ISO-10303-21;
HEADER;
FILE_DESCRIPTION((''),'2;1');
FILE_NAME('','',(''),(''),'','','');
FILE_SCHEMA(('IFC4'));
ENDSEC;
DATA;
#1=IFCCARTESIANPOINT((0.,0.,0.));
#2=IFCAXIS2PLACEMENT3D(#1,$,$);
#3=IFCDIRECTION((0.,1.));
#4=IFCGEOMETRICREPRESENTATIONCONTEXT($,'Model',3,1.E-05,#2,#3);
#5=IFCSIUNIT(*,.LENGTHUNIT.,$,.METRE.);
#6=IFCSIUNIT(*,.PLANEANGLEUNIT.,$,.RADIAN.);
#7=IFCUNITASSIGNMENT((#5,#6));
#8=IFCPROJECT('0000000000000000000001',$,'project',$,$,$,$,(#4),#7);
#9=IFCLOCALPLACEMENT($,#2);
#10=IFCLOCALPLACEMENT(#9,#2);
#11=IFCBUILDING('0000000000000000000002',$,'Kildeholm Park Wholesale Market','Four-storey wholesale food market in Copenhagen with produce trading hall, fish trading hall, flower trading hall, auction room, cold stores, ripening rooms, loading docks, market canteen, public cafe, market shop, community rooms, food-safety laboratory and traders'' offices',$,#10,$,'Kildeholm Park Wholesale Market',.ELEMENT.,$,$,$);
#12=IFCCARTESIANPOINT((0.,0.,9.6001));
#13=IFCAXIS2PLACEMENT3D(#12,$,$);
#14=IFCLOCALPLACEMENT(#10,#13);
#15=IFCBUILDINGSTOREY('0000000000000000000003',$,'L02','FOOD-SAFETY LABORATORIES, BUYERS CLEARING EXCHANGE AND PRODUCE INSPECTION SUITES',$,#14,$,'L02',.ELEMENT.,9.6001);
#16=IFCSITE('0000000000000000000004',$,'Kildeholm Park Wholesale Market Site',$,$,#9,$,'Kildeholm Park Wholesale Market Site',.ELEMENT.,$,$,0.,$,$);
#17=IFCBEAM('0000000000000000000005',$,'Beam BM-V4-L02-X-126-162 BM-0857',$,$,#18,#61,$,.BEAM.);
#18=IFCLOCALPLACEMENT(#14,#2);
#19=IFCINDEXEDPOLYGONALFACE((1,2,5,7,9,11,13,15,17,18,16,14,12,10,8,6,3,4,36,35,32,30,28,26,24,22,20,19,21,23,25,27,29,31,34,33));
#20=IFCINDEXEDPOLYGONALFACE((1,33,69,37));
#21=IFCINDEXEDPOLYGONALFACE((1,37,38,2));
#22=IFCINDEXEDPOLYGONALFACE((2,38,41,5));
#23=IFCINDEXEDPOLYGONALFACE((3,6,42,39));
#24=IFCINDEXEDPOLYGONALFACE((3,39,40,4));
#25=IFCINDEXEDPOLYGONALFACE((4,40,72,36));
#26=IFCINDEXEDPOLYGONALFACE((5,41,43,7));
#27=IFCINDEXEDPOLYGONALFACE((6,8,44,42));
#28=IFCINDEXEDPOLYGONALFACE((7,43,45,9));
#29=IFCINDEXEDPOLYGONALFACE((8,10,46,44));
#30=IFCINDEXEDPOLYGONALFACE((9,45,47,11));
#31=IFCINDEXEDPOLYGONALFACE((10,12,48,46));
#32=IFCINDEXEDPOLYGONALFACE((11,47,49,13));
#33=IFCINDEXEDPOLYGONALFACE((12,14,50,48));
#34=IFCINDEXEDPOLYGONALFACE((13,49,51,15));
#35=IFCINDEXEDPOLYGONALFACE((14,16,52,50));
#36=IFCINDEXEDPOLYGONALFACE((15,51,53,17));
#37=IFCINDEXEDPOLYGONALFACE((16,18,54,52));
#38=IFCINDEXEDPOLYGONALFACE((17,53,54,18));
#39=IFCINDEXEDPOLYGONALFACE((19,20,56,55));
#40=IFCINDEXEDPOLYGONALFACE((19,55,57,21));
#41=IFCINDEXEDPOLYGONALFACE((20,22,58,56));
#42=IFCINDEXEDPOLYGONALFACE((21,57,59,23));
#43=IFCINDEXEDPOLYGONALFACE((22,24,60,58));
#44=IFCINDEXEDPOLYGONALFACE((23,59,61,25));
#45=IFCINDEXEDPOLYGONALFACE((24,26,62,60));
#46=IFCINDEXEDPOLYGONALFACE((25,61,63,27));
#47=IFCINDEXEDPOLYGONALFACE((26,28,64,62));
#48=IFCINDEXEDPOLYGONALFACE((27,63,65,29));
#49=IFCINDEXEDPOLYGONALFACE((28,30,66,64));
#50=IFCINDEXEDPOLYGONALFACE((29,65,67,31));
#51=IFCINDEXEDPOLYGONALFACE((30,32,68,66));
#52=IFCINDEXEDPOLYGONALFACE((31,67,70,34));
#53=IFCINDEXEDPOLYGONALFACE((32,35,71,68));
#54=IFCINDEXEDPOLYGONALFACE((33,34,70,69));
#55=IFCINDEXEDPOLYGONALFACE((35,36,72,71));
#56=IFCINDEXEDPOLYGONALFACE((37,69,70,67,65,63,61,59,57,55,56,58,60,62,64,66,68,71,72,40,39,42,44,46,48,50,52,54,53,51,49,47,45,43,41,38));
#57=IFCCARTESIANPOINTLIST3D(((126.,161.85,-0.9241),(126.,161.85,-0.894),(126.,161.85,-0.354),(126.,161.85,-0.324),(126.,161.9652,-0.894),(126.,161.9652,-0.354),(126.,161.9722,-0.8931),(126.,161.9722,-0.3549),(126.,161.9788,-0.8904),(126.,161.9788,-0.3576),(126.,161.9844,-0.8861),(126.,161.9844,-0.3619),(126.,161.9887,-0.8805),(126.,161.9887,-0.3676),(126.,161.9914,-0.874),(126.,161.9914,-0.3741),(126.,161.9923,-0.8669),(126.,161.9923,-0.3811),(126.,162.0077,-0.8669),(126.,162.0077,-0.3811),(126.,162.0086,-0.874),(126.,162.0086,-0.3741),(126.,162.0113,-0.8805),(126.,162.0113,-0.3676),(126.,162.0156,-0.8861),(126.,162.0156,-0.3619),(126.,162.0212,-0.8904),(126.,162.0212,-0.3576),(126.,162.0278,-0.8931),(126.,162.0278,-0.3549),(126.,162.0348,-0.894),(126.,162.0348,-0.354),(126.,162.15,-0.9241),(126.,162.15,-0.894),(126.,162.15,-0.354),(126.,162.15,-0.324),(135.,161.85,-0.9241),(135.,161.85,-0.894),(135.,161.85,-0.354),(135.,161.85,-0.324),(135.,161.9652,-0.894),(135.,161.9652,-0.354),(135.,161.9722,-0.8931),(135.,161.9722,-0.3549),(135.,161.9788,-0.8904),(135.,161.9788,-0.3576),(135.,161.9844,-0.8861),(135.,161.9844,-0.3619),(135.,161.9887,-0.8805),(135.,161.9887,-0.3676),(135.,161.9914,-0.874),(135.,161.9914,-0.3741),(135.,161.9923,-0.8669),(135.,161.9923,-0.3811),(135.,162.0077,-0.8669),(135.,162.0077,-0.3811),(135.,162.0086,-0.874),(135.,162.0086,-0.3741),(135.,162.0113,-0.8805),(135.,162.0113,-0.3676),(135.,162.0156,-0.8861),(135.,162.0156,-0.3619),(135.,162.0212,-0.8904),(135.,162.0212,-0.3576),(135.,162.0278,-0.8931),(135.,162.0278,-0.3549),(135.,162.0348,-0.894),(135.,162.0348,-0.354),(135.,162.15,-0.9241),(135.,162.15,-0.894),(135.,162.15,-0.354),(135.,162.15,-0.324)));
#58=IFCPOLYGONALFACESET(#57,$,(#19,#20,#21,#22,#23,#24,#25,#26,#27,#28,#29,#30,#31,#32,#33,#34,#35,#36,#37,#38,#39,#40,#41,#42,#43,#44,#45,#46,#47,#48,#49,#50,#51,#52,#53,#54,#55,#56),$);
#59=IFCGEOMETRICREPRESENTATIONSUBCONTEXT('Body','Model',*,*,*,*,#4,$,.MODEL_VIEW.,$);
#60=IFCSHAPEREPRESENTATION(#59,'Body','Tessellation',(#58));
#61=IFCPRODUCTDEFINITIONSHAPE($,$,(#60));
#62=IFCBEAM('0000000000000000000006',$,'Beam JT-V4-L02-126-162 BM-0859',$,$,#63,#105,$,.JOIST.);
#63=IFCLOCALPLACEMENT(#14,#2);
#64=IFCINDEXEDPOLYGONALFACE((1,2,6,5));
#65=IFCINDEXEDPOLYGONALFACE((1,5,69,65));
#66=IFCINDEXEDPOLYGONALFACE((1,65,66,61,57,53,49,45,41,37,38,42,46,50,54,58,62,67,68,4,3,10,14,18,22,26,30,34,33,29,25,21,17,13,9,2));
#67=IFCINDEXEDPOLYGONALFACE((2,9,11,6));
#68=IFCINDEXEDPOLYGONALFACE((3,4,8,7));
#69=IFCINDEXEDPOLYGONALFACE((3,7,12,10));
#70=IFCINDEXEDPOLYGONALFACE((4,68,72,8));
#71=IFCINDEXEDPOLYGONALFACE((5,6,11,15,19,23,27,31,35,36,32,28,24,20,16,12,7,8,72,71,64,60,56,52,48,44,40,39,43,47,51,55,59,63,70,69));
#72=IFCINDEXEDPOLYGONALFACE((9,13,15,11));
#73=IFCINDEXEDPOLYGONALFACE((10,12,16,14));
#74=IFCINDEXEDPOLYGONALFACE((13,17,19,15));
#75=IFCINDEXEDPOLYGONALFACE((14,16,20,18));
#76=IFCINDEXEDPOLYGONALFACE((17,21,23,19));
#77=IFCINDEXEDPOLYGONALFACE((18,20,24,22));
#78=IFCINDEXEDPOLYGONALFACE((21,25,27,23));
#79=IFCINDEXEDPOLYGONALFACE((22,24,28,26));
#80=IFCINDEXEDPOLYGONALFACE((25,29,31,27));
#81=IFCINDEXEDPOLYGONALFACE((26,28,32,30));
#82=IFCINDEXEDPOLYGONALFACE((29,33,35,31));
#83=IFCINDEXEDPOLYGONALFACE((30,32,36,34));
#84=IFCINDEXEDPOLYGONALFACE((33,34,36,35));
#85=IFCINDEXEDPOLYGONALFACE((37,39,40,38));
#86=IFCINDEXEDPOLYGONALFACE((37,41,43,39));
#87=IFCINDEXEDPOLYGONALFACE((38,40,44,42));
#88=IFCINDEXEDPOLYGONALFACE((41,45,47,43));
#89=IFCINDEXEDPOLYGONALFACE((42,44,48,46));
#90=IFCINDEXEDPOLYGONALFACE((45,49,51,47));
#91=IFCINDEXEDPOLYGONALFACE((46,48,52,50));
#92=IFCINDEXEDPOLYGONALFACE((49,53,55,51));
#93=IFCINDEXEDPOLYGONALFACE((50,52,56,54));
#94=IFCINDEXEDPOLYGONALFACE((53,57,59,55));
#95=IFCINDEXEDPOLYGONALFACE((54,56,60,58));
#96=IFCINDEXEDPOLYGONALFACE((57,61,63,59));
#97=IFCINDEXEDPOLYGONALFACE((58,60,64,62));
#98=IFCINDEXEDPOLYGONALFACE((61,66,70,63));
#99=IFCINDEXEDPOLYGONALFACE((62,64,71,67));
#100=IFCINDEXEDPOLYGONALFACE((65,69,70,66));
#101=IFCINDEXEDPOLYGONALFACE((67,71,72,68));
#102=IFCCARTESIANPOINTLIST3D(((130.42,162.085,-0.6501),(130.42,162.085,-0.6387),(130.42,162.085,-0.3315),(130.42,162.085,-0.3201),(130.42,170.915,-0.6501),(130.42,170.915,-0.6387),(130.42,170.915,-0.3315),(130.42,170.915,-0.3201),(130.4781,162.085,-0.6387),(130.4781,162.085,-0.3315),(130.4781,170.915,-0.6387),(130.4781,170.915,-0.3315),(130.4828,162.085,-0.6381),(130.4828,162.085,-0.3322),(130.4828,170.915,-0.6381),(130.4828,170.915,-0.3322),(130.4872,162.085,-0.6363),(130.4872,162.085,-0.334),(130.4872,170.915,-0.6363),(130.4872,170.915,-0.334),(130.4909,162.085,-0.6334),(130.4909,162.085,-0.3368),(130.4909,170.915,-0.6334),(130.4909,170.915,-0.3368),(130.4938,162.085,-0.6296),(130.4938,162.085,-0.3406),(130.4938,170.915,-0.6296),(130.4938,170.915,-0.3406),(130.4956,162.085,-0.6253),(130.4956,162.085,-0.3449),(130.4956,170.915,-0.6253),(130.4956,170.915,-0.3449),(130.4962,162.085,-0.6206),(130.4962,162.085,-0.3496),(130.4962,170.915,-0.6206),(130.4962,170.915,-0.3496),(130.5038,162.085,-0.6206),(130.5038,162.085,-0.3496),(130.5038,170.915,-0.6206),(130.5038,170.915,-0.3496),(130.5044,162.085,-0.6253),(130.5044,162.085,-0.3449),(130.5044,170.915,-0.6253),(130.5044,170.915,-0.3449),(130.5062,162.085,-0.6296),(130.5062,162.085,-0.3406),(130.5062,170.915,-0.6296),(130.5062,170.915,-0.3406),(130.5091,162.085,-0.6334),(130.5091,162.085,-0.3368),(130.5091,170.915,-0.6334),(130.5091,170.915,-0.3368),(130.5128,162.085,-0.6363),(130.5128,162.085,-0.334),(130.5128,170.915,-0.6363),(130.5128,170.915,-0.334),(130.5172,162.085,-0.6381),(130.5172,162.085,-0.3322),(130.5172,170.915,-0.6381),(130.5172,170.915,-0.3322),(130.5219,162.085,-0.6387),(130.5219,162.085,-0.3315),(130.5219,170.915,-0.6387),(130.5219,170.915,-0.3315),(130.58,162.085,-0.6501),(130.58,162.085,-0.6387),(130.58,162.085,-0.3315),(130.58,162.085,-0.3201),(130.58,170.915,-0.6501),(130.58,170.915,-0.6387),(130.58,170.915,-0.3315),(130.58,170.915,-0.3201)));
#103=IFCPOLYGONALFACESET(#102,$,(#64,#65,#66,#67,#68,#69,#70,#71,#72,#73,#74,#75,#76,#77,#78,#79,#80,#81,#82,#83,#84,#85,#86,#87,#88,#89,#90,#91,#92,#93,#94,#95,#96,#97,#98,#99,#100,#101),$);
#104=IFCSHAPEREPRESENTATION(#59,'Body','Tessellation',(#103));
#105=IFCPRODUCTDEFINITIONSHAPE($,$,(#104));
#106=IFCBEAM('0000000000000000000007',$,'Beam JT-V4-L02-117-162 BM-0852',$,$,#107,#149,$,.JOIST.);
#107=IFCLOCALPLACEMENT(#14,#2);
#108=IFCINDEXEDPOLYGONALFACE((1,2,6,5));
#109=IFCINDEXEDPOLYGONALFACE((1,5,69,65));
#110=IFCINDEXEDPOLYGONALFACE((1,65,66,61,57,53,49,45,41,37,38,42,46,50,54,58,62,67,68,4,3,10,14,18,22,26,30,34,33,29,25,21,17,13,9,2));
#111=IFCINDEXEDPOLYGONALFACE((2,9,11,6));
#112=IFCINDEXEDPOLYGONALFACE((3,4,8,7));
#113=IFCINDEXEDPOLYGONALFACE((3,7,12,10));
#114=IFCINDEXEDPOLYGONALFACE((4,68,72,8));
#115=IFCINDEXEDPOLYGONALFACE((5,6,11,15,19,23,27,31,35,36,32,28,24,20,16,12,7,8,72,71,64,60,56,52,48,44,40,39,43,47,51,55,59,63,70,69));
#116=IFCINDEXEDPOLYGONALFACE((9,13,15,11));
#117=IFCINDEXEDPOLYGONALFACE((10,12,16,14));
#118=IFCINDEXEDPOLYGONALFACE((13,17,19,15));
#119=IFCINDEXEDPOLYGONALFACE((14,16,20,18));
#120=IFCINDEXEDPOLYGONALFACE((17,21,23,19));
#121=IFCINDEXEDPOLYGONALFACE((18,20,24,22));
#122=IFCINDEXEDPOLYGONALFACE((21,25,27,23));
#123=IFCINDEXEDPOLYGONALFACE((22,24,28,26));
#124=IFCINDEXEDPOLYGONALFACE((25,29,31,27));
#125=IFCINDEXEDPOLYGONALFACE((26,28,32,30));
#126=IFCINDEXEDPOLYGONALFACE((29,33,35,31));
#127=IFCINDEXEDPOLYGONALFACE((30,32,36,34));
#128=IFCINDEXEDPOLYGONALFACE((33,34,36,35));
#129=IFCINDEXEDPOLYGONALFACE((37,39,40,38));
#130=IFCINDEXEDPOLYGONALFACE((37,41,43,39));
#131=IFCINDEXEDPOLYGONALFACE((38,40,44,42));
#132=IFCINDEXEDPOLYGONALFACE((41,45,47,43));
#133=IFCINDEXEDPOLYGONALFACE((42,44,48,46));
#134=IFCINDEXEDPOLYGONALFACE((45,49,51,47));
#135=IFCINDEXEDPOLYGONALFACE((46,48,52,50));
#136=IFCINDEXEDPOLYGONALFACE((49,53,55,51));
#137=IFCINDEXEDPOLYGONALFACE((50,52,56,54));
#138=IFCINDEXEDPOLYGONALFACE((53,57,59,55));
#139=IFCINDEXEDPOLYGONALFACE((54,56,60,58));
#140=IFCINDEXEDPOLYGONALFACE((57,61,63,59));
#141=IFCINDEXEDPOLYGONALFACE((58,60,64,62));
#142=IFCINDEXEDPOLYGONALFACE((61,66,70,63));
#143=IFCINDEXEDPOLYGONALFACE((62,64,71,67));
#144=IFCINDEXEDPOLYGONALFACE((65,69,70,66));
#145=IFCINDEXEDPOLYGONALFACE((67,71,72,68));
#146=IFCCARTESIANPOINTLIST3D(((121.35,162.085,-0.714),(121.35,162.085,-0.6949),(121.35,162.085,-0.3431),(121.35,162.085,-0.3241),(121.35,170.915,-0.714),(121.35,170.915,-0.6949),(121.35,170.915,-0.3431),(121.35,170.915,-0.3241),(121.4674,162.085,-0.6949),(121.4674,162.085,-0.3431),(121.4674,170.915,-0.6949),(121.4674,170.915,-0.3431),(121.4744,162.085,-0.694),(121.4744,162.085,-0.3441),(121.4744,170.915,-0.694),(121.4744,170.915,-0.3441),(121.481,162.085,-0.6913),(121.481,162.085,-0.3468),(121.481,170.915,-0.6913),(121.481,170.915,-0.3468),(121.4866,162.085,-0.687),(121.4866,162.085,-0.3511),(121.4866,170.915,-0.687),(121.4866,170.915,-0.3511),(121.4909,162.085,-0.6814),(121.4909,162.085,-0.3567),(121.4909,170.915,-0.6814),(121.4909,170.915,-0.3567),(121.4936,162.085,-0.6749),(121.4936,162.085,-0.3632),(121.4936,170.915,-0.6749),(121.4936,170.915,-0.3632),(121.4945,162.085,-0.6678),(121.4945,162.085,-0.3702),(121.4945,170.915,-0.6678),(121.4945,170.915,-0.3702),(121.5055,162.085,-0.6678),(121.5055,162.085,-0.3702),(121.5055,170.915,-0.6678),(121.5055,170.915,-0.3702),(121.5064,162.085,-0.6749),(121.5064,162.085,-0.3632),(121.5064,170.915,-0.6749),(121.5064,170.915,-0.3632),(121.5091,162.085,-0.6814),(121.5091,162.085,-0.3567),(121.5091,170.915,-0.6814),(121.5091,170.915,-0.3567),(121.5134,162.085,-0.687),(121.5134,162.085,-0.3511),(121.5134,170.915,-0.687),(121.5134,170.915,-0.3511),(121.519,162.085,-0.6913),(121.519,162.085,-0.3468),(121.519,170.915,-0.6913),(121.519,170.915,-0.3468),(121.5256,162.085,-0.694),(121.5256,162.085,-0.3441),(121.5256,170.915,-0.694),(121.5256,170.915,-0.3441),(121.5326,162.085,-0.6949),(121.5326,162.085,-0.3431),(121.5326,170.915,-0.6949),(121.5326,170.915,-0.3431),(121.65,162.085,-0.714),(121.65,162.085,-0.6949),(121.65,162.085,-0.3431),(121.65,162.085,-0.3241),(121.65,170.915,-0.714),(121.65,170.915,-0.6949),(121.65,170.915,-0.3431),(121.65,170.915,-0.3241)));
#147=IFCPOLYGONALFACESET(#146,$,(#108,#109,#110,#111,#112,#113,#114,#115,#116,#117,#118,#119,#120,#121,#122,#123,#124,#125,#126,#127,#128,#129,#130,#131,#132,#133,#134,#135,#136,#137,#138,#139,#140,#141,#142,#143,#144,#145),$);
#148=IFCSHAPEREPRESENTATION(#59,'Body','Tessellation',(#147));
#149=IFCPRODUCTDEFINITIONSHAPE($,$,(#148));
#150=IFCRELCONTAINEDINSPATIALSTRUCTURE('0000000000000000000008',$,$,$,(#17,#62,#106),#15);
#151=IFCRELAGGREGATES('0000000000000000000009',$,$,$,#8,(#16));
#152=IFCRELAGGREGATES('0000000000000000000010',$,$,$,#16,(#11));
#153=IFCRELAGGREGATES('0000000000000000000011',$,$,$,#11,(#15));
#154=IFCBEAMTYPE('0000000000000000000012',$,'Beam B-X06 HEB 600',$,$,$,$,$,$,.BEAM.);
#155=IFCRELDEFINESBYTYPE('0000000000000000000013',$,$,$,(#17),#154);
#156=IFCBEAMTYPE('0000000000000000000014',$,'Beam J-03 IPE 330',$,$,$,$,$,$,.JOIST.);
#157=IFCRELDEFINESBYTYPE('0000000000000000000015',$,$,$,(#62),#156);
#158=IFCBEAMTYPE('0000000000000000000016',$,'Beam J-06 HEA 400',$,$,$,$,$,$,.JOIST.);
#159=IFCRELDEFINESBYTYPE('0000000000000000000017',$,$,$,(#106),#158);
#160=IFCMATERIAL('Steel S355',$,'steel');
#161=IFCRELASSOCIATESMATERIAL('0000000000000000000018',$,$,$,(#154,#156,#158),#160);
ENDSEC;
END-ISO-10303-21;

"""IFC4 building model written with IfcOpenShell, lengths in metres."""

from ifc_helpers import new_model, si_unit, direction, frame, origin, origin_2d, place, context, subcontext, project, spatial, i_section, extrude, material, material_profile, profile_set, type_object, element, save


model = new_model("IFC4")

# Units and contexts
model_context = context("Model", 3, precision=1e-05, world=origin(), true_north=direction((0.0, 1.0)))
body_context = subcontext(model_context, "Body", "Model", "MODEL_VIEW")
ifc_project = project(units=[si_unit("LENGTHUNIT", "METRE"), si_unit("PLANEANGLEUNIT", "RADIAN")], contexts=[model_context])

# Site, building, storey
site_placement = place(None, origin())
site = spatial("IfcSite", under=ifc_project, at=site_placement, Name="Kildeholm Park Wholesale Market Site", LongName="Kildeholm Park Wholesale Market Site", CompositionType="ELEMENT", RefElevation=0.0)
building_placement = place(site_placement, origin())
building = spatial("IfcBuilding", under=site, at=building_placement, Name="Kildeholm Park Wholesale Market", Description="Four-storey wholesale food market in Copenhagen with produce trading hall, fish trading hall, flower trading hall, auction room, cold stores, ripening rooms, loading docks, market canteen, public cafe, market shop, community rooms, food-safety laboratory and traders' offices", LongName="Kildeholm Park Wholesale Market", CompositionType="ELEMENT")
storey_placement = place(building_placement, frame((0.0, 0.0, 9.6001)))
storey = spatial("IfcBuildingStorey", under=building, at=storey_placement, Name="L02", Description="FOOD-SAFETY LABORATORIES, BUYERS CLEARING EXCHANGE AND PRODUCE INSPECTION SUITES", LongName="L02", CompositionType="ELEMENT", Elevation=9.6001)

# Beams
ifc_material_1 = material(Name="Steel S355", Category="steel")
ifc_material_profile_1 = material_profile(ifc_material_1, i_section(OverallWidth=0.3, OverallDepth=0.6001, WebThickness=0.0154, FlangeThickness=0.03, FilletRadius=0.0271, at=origin_2d()), Name="HEB 600")
ifc_profile_set_1 = profile_set([ifc_material_profile_1], Name="Steel S355")
beam_type_1 = type_object("IfcBeamType", Name="Beam B-X06 HEB 600", PredefinedType="BEAM", material=ifc_profile_set_1)
beam_1_placement = place(storey_placement, frame((126.0, 162.0, -0.624), z_axis=(1.0, 0.0, 0.0), x_axis=(0.0, 1.0, 0.0)))
element("IfcBeam", 1, at=beam_1_placement, inside=storey, type_object=beam_type_1, Name="Beam BM-V4-L02-X-126-162 BM-0857", PredefinedType="BEAM", context=body_context, shape_type="SweptSolid", body=[
    extrude(i_section(OverallWidth=0.3, OverallDepth=0.6001, WebThickness=0.0154, FlangeThickness=0.03, FilletRadius=0.0271, at=origin_2d()), origin(), (0.0, 0.0, 1.0), 9.0),
])
ifc_material_profile_2 = material_profile(ifc_material_1, i_section(OverallWidth=0.1599, OverallDepth=0.3301, WebThickness=0.0076, FlangeThickness=0.0115, FilletRadius=0.0181, at=origin_2d()), Name="IPE 330")
ifc_profile_set_2 = profile_set([ifc_material_profile_2], Name="Steel S355")
beam_type_2 = type_object("IfcBeamType", Name="Beam J-03 IPE 330", PredefinedType="JOIST", material=ifc_profile_set_2)
beam_2_placement = place(storey_placement, frame((130.5, 162.085, -0.4851), z_axis=(0.0, 1.0, 0.0), x_axis=(-1.0, 0.0, 0.0)))
element("IfcBeam", 2, at=beam_2_placement, inside=storey, type_object=beam_type_2, Name="Beam JT-V4-L02-126-162 BM-0859", PredefinedType="JOIST", context=body_context, shape_type="SweptSolid", body=[
    extrude(i_section(OverallWidth=0.1599, OverallDepth=0.3301, WebThickness=0.0076, FlangeThickness=0.0115, FilletRadius=0.0181, at=origin_2d()), origin(), (0.0, 0.0, 1.0), 8.8301),
])
ifc_material_profile_3 = material_profile(ifc_material_1, i_section(OverallWidth=0.3, OverallDepth=0.3899, WebThickness=0.011, FlangeThickness=0.019, FilletRadius=0.0271, at=origin_2d()), Name="HEA 400")
ifc_profile_set_3 = profile_set([ifc_material_profile_3], Name="Steel S355")
beam_type_3 = type_object("IfcBeamType", Name="Beam J-06 HEA 400", PredefinedType="JOIST", material=ifc_profile_set_3)
beam_3_placement = place(storey_placement, frame((121.5, 162.085, -0.519), z_axis=(0.0, 1.0, 0.0), x_axis=(-1.0, 0.0, 0.0)))
element("IfcBeam", 3, at=beam_3_placement, inside=storey, type_object=beam_type_3, Name="Beam JT-V4-L02-117-162 BM-0852", PredefinedType="JOIST", context=body_context, shape_type="SweptSolid", body=[
    extrude(i_section(OverallWidth=0.3, OverallDepth=0.3899, WebThickness=0.011, FlangeThickness=0.019, FilletRadius=0.0271, at=origin_2d()), origin(), (0.0, 0.0, 1.0), 8.8301),
])

save(model, "model.ifc")
